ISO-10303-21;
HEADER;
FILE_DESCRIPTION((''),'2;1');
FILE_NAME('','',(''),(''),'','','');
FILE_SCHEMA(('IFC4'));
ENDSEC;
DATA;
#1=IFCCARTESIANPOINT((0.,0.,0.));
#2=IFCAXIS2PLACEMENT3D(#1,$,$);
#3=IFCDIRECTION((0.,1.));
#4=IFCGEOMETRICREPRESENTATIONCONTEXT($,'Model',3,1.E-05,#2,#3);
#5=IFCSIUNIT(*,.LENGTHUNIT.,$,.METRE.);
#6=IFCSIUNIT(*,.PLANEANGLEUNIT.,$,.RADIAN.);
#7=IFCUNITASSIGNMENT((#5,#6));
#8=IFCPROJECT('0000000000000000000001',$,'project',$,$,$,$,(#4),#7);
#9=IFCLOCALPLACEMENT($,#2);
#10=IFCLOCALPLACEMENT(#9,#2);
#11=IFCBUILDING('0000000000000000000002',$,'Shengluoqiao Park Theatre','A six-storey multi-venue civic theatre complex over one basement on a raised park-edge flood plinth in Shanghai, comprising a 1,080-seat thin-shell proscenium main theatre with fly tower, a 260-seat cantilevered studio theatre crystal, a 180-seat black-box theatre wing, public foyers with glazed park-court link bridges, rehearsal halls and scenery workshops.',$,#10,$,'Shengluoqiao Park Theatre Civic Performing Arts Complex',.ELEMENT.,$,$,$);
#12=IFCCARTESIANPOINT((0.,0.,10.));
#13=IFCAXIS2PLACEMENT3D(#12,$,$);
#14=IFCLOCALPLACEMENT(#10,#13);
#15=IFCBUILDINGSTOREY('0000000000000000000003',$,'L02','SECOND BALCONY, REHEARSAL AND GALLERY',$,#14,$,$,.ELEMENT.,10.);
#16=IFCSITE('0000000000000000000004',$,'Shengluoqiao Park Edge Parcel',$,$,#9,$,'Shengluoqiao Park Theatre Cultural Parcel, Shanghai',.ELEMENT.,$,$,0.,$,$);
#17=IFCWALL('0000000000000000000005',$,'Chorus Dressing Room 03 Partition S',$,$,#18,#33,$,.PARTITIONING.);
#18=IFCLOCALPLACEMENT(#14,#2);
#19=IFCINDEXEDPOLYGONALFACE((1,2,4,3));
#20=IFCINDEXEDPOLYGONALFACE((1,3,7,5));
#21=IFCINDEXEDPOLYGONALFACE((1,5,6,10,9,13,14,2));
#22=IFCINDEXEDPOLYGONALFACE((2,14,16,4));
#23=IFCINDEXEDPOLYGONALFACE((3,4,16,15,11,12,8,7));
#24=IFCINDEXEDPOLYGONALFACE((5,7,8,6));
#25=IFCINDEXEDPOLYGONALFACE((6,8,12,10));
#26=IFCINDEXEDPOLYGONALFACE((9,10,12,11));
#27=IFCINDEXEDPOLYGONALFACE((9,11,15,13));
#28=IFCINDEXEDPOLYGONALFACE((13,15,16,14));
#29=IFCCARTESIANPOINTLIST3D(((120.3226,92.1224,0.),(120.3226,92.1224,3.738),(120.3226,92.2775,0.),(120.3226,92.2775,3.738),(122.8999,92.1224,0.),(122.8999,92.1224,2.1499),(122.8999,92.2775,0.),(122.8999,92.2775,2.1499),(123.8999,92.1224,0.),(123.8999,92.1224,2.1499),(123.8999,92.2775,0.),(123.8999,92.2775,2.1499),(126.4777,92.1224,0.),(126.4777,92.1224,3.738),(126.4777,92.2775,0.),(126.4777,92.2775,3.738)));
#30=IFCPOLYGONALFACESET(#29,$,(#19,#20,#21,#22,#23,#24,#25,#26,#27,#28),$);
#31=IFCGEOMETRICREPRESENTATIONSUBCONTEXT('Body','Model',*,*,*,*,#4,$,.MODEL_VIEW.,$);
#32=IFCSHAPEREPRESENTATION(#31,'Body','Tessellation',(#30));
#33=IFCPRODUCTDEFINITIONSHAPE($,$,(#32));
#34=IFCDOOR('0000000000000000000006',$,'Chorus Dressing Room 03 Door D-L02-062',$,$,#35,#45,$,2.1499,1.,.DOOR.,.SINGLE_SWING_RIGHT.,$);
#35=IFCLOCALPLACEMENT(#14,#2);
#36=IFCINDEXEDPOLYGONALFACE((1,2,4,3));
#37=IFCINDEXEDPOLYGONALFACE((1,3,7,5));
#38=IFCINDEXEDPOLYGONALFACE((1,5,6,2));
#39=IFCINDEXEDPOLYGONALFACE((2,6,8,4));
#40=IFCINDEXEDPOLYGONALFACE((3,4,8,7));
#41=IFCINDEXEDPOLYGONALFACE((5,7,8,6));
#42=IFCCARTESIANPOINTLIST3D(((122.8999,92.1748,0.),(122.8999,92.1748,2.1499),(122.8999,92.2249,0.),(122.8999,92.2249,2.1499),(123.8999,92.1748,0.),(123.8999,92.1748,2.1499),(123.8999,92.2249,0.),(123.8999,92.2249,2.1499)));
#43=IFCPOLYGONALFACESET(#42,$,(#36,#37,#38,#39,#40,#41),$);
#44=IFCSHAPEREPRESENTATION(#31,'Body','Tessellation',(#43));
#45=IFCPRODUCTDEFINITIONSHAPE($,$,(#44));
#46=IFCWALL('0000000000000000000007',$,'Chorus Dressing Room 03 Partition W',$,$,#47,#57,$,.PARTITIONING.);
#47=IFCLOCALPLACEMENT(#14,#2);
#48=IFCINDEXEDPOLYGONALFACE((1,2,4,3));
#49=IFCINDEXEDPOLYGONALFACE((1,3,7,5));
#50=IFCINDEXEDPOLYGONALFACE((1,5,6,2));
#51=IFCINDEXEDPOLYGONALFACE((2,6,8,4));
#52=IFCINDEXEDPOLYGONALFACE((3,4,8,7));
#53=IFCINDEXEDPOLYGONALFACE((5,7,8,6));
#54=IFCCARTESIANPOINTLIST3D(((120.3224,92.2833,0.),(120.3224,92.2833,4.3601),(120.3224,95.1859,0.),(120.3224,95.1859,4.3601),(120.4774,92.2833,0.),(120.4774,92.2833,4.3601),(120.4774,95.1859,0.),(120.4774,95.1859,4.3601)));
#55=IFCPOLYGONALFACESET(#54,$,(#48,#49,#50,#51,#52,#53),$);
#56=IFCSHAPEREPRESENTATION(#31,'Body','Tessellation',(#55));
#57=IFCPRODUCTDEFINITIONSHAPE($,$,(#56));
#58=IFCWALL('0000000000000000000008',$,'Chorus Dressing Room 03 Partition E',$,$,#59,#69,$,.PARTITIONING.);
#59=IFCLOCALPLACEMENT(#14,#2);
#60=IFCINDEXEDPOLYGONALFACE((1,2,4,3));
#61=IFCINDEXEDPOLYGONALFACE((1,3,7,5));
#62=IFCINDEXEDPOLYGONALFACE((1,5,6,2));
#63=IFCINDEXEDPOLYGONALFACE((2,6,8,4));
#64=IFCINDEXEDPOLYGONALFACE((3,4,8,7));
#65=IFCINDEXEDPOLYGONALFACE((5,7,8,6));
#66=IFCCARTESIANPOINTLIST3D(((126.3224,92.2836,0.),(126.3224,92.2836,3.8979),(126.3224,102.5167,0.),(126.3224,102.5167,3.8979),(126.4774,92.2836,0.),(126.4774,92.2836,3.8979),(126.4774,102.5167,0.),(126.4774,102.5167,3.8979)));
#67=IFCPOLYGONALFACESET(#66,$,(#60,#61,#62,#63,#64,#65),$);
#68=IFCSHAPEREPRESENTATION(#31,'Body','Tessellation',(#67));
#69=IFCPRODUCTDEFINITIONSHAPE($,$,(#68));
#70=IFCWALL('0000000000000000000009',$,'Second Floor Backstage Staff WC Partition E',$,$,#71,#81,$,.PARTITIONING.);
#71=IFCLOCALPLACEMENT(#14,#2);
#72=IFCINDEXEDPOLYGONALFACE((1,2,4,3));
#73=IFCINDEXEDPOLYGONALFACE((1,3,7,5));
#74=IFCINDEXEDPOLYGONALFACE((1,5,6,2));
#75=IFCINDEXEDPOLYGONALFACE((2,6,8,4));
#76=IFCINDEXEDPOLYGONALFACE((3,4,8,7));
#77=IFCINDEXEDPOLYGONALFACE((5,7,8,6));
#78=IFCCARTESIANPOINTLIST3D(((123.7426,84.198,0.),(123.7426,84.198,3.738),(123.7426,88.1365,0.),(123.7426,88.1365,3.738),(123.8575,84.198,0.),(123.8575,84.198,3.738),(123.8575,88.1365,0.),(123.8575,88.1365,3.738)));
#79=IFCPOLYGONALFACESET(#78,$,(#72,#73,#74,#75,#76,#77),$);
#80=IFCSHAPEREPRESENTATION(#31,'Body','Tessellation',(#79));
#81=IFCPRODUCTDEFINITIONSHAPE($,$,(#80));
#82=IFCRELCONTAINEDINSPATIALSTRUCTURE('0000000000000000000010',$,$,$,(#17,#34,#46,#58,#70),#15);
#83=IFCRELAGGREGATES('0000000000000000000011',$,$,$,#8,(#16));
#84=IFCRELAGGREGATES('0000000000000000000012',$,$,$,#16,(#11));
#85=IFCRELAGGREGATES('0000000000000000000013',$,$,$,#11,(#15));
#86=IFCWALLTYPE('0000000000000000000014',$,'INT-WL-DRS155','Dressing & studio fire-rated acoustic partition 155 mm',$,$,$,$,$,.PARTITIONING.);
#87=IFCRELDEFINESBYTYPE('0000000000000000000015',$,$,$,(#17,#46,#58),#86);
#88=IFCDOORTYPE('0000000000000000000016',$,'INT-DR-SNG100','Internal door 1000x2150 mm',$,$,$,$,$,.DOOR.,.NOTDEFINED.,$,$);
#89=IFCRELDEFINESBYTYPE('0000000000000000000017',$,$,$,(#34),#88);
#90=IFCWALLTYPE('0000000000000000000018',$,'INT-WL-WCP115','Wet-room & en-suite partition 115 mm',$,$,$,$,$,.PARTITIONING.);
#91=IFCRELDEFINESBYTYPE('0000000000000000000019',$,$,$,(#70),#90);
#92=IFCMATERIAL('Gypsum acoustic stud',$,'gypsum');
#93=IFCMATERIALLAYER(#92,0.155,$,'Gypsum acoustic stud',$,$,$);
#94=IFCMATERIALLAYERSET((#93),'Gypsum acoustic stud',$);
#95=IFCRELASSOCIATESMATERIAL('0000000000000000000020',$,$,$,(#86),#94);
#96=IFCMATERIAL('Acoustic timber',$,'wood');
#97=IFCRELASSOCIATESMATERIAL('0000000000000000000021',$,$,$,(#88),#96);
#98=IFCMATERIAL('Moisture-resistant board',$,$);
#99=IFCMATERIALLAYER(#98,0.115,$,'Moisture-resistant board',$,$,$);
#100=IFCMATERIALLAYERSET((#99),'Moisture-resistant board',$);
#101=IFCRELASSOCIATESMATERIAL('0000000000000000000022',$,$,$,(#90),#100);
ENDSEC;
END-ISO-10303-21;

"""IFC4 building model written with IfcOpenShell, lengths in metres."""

from ifc_helpers import new_model, si_unit, direction, frame, frame_2d, origin, place, context, subcontext, project, spatial, rectangle, extrude, material, layer, layer_set, type_object, element, fill, save


model = new_model("IFC4")

# Units and contexts
model_context = context("Model", 3, precision=1e-05, world=origin(), true_north=direction((0.0, 1.0)))
body_context = subcontext(model_context, "Body", "Model", "MODEL_VIEW")
ifc_project = project(units=[si_unit("LENGTHUNIT", "METRE"), si_unit("PLANEANGLEUNIT", "RADIAN")], contexts=[model_context])

# Site, building, storey
site_placement = place(None, origin())
site = spatial("IfcSite", under=ifc_project, at=site_placement, Name="Shengluoqiao Park Edge Parcel", LongName="Shengluoqiao Park Theatre Cultural Parcel, Shanghai", CompositionType="ELEMENT", RefElevation=0.0)
building_placement = place(site_placement, origin())
building = spatial("IfcBuilding", under=site, at=building_placement, Name="Shengluoqiao Park Theatre", Description="A six-storey multi-venue civic theatre complex over one basement on a raised park-edge flood plinth in Shanghai, comprising a 1,080-seat thin-shell proscenium main theatre with fly tower, a 260-seat cantilevered studio theatre crystal, a 180-seat black-box theatre wing, public foyers with glazed park-court link bridges, rehearsal halls and scenery workshops.", LongName="Shengluoqiao Park Theatre Civic Performing Arts Complex", CompositionType="ELEMENT")
storey_placement = place(building_placement, frame((0.0, 0.0, 10.0)))
storey = spatial("IfcBuildingStorey", under=building, at=storey_placement, Name="L02", Description="SECOND BALCONY, REHEARSAL AND GALLERY", CompositionType="ELEMENT", Elevation=10.0)

# Wall, opening, door
ifc_material_1 = material(Name="Gypsum acoustic stud", Category="gypsum")
ifc_material_2 = material(Name="Acoustic timber", Category="wood")
ifc_layer_1 = layer(ifc_material_1, 0.155, Name="Gypsum acoustic stud")
ifc_layer_set_1 = layer_set([ifc_layer_1], Name="Gypsum acoustic stud")
wall_type_1 = type_object("IfcWallType", Name="INT-WL-DRS155", Description="Dressing & studio fire-rated acoustic partition 155 mm", PredefinedType="PARTITIONING", material=ifc_layer_set_1)
wall_1_placement = place(storey_placement, frame((120.3225, 92.2, 0.0), z_axis=(0.0, 0.0, 1.0), x_axis=(1.0, 0.0, 0.0)))
wall_1 = element("IfcWall", 1, at=wall_1_placement, inside=storey, type_object=wall_type_1, Name="Chorus Dressing Room 03 Partition S", PredefinedType="PARTITIONING", context=body_context, shape_type="SweptSolid", body=[
    extrude(rectangle(XDim=6.155, YDim=0.155, at=frame_2d((3.0776, 0.0))), origin(), (0.0, 0.0, 1.0), 3.738),
])
opening_1_placement = place(wall_1_placement, frame((2.5774, 0.0, 0.0)))
opening_1 = element("IfcOpeningElement", 2, at=opening_1_placement, cuts=wall_1, PredefinedType="OPENING", context=body_context, shape_type="SweptSolid", body=[
    extrude(rectangle(XDim=1.0, YDim=2.1499, at=frame_2d((0.5, 1.075))), frame((0.0, 0.0874, 0.0), z_axis=(0.0, -1.0, 0.0), x_axis=(1.0, 0.0, 0.0)), (0.0, 0.0, 1.0), 0.175),
])
door_type_1 = type_object("IfcDoorType", Name="INT-DR-SNG100", Description="Internal door 1000x2150 mm", OperationType="NOTDEFINED", PredefinedType="DOOR", material=ifc_material_2)
door_1_placement = place(opening_1_placement, origin())
door_1 = element("IfcDoor", 3, at=door_1_placement, inside=storey, type_object=door_type_1, Name="Chorus Dressing Room 03 Door D-L02-062", OperationType="SINGLE_SWING_RIGHT", OverallHeight=2.1499, OverallWidth=1.0, PredefinedType="DOOR", context=body_context, shape_type="SweptSolid", body=[
    extrude(rectangle(XDim=1.0, YDim=2.1499, at=frame_2d((0.5, 1.075))), frame((0.0, 0.0249, 0.0), z_axis=(0.0, -1.0, 0.0), x_axis=(1.0, 0.0, 0.0)), (0.0, 0.0, 1.0), 0.05),
])
fill(opening_1, door_1)

# Walls
wall_2_placement = place(storey_placement, frame((120.3999, 92.2834, 0.0), z_axis=(0.0, 0.0, 1.0), x_axis=(0.0, 1.0, 0.0)))
element("IfcWall", 4, at=wall_2_placement, inside=storey, type_object=wall_type_1, Name="Chorus Dressing Room 03 Partition W", PredefinedType="PARTITIONING", context=body_context, shape_type="SweptSolid", body=[
    extrude(rectangle(XDim=2.9026, YDim=0.155, at=frame_2d((1.4512, 0.0))), origin(), (0.0, 0.0, 1.0), 4.3601),
])
wall_3_placement = place(storey_placement, frame((126.3999, 92.2834, 0.0), z_axis=(0.0, 0.0, 1.0), x_axis=(0.0, 1.0, 0.0)))
element("IfcWall", 5, at=wall_3_placement, inside=storey, type_object=wall_type_1, Name="Chorus Dressing Room 03 Partition E", PredefinedType="PARTITIONING", context=body_context, shape_type="SweptSolid", body=[
    extrude(rectangle(XDim=10.2332, YDim=0.155, at=frame_2d((5.1167, 0.0))), origin(), (0.0, 0.0, 1.0), 3.8979),
])
ifc_material_3 = material(Name="Moisture-resistant board")
ifc_layer_2 = layer(ifc_material_3, 0.115, Name="Moisture-resistant board")
ifc_layer_set_2 = layer_set([ifc_layer_2], Name="Moisture-resistant board")
wall_type_2 = type_object("IfcWallType", Name="INT-WL-WCP115", Description="Wet-room & en-suite partition 115 mm", PredefinedType="PARTITIONING", material=ifc_layer_set_2)
wall_4_placement = place(storey_placement, frame((123.8, 84.198, 0.0), z_axis=(0.0, 0.0, 1.0), x_axis=(0.0, 1.0, 0.0)))
element("IfcWall", 6, at=wall_4_placement, inside=storey, type_object=wall_type_2, Name="Second Floor Backstage Staff WC Partition E", PredefinedType="PARTITIONING", context=body_context, shape_type="SweptSolid", body=[
    extrude(rectangle(XDim=3.9385, YDim=0.115, at=frame_2d((1.9692, 0.0))), origin(), (0.0, 0.0, 1.0), 3.738),
])

save(model, "model.ifc")
